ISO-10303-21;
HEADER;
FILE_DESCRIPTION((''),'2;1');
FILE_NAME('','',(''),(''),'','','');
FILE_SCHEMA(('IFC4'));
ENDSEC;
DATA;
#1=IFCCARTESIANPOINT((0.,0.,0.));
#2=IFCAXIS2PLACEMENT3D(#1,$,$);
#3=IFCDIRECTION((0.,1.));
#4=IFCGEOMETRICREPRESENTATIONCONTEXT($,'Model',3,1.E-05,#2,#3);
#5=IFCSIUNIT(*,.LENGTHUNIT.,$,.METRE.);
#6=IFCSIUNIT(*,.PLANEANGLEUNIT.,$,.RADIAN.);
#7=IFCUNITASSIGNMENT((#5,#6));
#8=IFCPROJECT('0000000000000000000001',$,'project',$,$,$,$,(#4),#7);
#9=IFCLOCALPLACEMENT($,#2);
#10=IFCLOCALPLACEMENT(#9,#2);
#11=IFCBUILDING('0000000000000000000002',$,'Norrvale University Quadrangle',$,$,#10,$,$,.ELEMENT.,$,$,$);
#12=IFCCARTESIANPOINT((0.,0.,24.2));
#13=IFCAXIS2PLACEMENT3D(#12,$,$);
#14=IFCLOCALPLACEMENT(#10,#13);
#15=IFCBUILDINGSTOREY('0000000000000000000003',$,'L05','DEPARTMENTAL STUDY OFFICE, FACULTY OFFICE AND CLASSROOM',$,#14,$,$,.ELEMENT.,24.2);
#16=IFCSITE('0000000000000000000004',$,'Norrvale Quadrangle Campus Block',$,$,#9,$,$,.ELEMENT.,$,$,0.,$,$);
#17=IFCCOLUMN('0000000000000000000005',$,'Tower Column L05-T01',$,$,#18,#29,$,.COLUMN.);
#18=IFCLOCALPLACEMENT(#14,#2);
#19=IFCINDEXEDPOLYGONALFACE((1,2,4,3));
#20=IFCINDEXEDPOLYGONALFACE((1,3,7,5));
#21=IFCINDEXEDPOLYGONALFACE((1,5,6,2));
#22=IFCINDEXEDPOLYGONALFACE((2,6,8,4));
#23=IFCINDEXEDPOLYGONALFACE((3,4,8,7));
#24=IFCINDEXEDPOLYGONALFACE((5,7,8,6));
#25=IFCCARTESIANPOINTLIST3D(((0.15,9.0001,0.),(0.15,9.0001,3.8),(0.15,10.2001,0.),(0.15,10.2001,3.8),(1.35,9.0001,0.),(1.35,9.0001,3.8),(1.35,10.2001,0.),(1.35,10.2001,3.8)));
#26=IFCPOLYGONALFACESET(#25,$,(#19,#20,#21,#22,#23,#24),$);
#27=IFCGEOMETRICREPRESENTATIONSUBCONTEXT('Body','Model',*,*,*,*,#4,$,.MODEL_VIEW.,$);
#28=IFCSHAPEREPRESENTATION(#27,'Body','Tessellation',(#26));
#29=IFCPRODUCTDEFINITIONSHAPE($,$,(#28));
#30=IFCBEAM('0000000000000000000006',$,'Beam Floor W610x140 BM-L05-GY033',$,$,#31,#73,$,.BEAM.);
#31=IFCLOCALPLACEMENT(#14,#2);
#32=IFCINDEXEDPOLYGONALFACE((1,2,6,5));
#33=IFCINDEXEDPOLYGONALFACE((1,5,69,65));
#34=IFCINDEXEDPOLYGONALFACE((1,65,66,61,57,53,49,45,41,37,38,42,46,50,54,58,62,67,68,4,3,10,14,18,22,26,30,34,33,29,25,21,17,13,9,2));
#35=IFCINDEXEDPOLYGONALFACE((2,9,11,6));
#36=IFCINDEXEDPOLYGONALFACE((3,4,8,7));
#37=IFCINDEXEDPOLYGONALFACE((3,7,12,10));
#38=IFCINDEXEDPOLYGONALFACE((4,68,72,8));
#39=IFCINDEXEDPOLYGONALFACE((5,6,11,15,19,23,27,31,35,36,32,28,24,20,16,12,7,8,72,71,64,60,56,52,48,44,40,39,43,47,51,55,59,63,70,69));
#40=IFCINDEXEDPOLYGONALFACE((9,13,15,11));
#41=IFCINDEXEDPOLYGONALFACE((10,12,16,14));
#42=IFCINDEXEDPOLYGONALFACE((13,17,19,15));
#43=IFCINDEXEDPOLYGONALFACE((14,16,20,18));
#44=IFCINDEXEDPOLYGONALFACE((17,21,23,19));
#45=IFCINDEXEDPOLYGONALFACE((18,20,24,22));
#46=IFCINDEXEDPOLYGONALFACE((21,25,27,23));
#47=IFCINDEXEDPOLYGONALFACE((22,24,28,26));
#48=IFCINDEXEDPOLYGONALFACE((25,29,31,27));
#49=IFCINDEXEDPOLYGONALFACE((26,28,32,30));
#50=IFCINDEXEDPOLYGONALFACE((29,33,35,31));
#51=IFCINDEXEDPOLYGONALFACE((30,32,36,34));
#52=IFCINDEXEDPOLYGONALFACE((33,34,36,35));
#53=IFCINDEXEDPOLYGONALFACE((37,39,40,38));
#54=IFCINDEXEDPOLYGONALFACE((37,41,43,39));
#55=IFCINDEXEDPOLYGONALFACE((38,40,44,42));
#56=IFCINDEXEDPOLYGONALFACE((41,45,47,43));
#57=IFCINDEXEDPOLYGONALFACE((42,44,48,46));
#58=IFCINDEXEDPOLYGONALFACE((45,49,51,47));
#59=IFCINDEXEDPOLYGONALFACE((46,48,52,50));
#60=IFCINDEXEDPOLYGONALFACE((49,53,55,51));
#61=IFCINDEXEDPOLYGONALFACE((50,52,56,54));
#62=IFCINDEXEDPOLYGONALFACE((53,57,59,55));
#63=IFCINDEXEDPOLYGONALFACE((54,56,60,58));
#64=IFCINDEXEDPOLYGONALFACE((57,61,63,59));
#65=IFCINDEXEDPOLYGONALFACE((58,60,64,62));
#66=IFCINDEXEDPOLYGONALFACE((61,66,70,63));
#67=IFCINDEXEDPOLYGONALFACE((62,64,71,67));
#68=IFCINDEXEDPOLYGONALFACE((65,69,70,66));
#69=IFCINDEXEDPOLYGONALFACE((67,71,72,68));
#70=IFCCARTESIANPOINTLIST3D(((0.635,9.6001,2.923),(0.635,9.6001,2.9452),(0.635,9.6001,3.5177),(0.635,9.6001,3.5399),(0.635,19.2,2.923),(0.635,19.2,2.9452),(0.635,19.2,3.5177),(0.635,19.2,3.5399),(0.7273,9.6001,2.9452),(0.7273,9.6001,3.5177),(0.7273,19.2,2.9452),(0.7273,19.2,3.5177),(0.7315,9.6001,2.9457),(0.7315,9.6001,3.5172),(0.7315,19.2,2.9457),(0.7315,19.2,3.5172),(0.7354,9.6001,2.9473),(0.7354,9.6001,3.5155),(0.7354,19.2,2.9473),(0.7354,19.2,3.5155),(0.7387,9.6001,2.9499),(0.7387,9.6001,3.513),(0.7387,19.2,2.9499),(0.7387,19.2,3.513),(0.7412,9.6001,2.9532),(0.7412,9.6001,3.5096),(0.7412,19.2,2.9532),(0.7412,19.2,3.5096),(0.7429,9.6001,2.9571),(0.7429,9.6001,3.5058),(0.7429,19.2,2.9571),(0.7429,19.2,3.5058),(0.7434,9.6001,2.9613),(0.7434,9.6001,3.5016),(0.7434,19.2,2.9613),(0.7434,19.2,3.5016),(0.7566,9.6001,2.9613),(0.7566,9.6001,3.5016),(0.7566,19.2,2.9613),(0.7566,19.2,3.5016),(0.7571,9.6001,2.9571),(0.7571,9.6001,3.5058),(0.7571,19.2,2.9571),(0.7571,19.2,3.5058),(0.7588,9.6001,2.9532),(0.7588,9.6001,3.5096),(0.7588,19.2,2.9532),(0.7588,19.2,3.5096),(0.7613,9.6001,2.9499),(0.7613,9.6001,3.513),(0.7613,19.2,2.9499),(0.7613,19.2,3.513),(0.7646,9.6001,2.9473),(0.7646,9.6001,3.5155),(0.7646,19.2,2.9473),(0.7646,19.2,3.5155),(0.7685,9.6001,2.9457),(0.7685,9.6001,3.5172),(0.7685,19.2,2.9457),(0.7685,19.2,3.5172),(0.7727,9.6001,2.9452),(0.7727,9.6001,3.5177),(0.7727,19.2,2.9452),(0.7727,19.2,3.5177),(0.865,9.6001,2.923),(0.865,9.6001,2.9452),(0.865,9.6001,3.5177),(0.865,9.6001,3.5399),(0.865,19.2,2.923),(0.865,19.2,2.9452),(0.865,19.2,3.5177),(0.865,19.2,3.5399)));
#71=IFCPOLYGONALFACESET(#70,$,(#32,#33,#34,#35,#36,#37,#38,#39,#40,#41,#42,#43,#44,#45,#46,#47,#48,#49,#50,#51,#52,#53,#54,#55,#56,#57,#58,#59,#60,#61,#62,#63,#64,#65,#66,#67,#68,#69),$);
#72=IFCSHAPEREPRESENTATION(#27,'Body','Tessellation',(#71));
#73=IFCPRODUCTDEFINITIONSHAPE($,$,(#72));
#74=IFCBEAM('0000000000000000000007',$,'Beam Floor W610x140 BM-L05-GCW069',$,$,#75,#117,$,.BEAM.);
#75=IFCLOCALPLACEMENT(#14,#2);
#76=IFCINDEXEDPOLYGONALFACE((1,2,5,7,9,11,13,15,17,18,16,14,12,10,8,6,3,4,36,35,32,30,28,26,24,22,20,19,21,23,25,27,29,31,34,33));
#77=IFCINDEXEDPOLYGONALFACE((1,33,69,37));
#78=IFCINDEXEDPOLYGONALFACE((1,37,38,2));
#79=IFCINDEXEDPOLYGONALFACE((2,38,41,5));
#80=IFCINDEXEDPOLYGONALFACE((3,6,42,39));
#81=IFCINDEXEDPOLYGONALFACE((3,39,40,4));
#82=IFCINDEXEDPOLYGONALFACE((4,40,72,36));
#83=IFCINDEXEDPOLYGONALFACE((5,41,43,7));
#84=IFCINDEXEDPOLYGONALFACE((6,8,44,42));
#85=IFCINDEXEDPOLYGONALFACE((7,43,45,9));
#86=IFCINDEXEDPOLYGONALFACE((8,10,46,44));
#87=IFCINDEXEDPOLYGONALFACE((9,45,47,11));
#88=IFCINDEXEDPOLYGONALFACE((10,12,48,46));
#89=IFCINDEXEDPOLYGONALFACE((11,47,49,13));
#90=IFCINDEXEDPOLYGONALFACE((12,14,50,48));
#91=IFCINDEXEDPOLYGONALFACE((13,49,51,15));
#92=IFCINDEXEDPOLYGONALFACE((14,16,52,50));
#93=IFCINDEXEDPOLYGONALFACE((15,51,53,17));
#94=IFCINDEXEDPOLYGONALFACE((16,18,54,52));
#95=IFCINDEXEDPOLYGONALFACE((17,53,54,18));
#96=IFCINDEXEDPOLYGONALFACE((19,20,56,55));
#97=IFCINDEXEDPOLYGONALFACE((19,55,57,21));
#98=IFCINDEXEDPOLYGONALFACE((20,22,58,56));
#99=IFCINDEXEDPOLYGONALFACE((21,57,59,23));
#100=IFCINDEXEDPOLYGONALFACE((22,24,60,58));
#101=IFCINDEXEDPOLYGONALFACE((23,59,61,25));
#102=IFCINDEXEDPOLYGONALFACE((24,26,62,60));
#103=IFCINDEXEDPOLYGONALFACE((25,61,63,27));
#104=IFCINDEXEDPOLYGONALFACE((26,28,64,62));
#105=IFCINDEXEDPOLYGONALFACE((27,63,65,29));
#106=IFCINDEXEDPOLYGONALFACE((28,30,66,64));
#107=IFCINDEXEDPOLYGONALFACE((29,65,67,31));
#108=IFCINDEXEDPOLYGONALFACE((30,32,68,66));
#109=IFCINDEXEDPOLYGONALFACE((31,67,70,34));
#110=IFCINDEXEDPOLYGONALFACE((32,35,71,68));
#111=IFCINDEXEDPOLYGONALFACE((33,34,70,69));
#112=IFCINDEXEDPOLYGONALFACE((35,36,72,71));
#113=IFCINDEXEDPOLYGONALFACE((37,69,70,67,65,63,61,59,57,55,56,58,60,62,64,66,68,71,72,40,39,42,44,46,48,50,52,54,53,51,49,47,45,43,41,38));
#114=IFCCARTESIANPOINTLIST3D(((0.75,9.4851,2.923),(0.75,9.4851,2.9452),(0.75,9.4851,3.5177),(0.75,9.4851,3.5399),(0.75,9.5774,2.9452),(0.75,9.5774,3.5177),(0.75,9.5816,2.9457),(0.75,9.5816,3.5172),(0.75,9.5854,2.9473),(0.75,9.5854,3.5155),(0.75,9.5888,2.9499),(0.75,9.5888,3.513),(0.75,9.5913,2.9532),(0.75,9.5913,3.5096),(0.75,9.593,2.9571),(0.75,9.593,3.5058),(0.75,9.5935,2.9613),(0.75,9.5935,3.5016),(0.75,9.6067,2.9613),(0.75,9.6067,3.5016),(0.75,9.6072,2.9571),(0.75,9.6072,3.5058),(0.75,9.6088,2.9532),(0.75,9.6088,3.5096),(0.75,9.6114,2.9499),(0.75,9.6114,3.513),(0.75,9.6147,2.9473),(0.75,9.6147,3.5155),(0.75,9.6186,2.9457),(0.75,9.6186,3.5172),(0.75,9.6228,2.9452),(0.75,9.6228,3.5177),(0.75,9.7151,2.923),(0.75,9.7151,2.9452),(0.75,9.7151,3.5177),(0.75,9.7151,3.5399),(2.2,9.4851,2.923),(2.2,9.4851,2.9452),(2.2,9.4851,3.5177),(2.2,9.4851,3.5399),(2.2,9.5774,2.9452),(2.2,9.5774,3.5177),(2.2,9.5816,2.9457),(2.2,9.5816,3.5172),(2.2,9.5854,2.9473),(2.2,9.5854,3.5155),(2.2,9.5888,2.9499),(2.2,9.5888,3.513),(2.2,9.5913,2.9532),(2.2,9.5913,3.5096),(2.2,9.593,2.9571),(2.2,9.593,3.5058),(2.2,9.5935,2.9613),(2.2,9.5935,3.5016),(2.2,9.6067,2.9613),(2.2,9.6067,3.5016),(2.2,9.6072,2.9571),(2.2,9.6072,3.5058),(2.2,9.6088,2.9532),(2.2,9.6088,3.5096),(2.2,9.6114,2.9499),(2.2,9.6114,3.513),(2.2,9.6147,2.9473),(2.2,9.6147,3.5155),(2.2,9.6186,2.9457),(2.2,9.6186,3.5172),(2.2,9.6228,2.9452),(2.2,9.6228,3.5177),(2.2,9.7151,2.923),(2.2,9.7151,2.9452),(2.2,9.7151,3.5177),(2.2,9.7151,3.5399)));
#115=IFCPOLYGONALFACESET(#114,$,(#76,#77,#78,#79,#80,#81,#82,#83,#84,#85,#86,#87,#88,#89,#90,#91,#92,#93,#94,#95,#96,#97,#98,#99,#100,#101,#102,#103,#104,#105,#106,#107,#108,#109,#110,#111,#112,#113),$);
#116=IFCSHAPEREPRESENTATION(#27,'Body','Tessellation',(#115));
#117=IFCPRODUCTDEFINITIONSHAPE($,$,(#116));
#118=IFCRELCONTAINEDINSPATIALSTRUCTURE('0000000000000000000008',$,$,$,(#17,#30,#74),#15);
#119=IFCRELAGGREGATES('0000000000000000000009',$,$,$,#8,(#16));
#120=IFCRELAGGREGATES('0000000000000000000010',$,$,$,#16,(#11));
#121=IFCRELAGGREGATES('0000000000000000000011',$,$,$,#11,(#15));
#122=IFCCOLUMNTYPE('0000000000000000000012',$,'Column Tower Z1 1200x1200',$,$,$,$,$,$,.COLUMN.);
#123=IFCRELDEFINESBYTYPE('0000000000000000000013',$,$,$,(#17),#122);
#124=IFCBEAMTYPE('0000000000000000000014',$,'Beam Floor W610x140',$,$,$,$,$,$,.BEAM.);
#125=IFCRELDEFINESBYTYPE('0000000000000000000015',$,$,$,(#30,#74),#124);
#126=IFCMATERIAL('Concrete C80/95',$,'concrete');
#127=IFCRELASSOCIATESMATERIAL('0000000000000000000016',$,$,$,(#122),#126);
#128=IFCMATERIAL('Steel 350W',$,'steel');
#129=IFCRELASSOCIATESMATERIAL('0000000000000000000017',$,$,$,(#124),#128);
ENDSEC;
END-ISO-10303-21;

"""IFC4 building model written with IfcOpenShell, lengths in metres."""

from ifc_helpers import new_model, si_unit, direction, frame, origin, origin_2d, place, context, subcontext, project, spatial, rectangle, i_section, extrude, material, material_profile, profile_set, type_object, element, save


model = new_model("IFC4")

# Units and contexts
model_context = context("Model", 3, precision=1e-05, world=origin(), true_north=direction((0.0, 1.0)))
body_context = subcontext(model_context, "Body", "Model", "MODEL_VIEW")
ifc_project = project(units=[si_unit("LENGTHUNIT", "METRE"), si_unit("PLANEANGLEUNIT", "RADIAN")], contexts=[model_context])

# Site, building, storey
site_placement = place(None, origin())
site = spatial("IfcSite", under=ifc_project, at=site_placement, Name="Norrvale Quadrangle Campus Block", CompositionType="ELEMENT", RefElevation=0.0)
building_placement = place(site_placement, origin())
building = spatial("IfcBuilding", under=site, at=building_placement, Name="Norrvale University Quadrangle", CompositionType="ELEMENT")
storey_placement = place(building_placement, frame((0.0, 0.0, 24.2)))
storey = spatial("IfcBuildingStorey", under=building, at=storey_placement, Name="L05", Description="DEPARTMENTAL STUDY OFFICE, FACULTY OFFICE AND CLASSROOM", CompositionType="ELEMENT", Elevation=24.2)

# Column
ifc_material_1 = material(Name="Concrete C80/95", Category="concrete")
ifc_material_profile_1 = material_profile(ifc_material_1, rectangle(XDim=1.2, YDim=1.2, at=origin_2d()), Name="Concrete C80/95")
ifc_profile_set_1 = profile_set([ifc_material_profile_1], Name="Concrete C80/95")
column_type = type_object("IfcColumnType", Name="Column Tower Z1 1200x1200", PredefinedType="COLUMN", material=ifc_profile_set_1)
column_placement = place(storey_placement, frame((0.75, 9.6001, 0.0), z_axis=(0.0, 0.0, 1.0), x_axis=(1.0, 0.0, 0.0)))
element("IfcColumn", 1, at=column_placement, inside=storey, type_object=column_type, Name="Tower Column L05-T01", PredefinedType="COLUMN", context=body_context, shape_type="SweptSolid", body=[
    extrude(rectangle(XDim=1.2, YDim=1.2, at=origin_2d()), origin(), (0.0, 0.0, 1.0), 3.8),
])

# Beams
ifc_material_2 = material(Name="Steel 350W", Category="steel")
ifc_material_profile_2 = material_profile(ifc_material_2, i_section(OverallWidth=0.23, OverallDepth=0.6169, WebThickness=0.0132, FlangeThickness=0.0222, FilletRadius=0.0161, at=origin_2d()), Name="Steel 350W")
ifc_profile_set_2 = profile_set([ifc_material_profile_2], Name="Steel 350W")
beam_type = type_object("IfcBeamType", Name="Beam Floor W610x140", PredefinedType="BEAM", material=ifc_profile_set_2)
beam_1_placement = place(storey_placement, frame((0.75, 9.6001, 3.2314), z_axis=(0.0, 1.0, 0.0), x_axis=(-1.0, 0.0, 0.0)))
element("IfcBeam", 2, at=beam_1_placement, inside=storey, type_object=beam_type, Name="Beam Floor W610x140 BM-L05-GY033", PredefinedType="BEAM", context=body_context, shape_type="SweptSolid", body=[
    extrude(i_section(OverallWidth=0.23, OverallDepth=0.6169, WebThickness=0.0132, FlangeThickness=0.0222, FilletRadius=0.0161, at=origin_2d()), origin(), (0.0, 0.0, 1.0), 9.5999),
])
beam_2_placement = place(storey_placement, frame((0.75, 9.6001, 3.2314), z_axis=(1.0, 0.0, 0.0), x_axis=(0.0, 1.0, 0.0)))
element("IfcBeam", 3, at=beam_2_placement, inside=storey, type_object=beam_type, Name="Beam Floor W610x140 BM-L05-GCW069", PredefinedType="BEAM", context=body_context, shape_type="SweptSolid", body=[
    extrude(i_section(OverallWidth=0.23, OverallDepth=0.6169, WebThickness=0.0132, FlangeThickness=0.0222, FilletRadius=0.0161, at=origin_2d()), origin(), (0.0, 0.0, 1.0), 1.45),
])

save(model, "model.ifc")
